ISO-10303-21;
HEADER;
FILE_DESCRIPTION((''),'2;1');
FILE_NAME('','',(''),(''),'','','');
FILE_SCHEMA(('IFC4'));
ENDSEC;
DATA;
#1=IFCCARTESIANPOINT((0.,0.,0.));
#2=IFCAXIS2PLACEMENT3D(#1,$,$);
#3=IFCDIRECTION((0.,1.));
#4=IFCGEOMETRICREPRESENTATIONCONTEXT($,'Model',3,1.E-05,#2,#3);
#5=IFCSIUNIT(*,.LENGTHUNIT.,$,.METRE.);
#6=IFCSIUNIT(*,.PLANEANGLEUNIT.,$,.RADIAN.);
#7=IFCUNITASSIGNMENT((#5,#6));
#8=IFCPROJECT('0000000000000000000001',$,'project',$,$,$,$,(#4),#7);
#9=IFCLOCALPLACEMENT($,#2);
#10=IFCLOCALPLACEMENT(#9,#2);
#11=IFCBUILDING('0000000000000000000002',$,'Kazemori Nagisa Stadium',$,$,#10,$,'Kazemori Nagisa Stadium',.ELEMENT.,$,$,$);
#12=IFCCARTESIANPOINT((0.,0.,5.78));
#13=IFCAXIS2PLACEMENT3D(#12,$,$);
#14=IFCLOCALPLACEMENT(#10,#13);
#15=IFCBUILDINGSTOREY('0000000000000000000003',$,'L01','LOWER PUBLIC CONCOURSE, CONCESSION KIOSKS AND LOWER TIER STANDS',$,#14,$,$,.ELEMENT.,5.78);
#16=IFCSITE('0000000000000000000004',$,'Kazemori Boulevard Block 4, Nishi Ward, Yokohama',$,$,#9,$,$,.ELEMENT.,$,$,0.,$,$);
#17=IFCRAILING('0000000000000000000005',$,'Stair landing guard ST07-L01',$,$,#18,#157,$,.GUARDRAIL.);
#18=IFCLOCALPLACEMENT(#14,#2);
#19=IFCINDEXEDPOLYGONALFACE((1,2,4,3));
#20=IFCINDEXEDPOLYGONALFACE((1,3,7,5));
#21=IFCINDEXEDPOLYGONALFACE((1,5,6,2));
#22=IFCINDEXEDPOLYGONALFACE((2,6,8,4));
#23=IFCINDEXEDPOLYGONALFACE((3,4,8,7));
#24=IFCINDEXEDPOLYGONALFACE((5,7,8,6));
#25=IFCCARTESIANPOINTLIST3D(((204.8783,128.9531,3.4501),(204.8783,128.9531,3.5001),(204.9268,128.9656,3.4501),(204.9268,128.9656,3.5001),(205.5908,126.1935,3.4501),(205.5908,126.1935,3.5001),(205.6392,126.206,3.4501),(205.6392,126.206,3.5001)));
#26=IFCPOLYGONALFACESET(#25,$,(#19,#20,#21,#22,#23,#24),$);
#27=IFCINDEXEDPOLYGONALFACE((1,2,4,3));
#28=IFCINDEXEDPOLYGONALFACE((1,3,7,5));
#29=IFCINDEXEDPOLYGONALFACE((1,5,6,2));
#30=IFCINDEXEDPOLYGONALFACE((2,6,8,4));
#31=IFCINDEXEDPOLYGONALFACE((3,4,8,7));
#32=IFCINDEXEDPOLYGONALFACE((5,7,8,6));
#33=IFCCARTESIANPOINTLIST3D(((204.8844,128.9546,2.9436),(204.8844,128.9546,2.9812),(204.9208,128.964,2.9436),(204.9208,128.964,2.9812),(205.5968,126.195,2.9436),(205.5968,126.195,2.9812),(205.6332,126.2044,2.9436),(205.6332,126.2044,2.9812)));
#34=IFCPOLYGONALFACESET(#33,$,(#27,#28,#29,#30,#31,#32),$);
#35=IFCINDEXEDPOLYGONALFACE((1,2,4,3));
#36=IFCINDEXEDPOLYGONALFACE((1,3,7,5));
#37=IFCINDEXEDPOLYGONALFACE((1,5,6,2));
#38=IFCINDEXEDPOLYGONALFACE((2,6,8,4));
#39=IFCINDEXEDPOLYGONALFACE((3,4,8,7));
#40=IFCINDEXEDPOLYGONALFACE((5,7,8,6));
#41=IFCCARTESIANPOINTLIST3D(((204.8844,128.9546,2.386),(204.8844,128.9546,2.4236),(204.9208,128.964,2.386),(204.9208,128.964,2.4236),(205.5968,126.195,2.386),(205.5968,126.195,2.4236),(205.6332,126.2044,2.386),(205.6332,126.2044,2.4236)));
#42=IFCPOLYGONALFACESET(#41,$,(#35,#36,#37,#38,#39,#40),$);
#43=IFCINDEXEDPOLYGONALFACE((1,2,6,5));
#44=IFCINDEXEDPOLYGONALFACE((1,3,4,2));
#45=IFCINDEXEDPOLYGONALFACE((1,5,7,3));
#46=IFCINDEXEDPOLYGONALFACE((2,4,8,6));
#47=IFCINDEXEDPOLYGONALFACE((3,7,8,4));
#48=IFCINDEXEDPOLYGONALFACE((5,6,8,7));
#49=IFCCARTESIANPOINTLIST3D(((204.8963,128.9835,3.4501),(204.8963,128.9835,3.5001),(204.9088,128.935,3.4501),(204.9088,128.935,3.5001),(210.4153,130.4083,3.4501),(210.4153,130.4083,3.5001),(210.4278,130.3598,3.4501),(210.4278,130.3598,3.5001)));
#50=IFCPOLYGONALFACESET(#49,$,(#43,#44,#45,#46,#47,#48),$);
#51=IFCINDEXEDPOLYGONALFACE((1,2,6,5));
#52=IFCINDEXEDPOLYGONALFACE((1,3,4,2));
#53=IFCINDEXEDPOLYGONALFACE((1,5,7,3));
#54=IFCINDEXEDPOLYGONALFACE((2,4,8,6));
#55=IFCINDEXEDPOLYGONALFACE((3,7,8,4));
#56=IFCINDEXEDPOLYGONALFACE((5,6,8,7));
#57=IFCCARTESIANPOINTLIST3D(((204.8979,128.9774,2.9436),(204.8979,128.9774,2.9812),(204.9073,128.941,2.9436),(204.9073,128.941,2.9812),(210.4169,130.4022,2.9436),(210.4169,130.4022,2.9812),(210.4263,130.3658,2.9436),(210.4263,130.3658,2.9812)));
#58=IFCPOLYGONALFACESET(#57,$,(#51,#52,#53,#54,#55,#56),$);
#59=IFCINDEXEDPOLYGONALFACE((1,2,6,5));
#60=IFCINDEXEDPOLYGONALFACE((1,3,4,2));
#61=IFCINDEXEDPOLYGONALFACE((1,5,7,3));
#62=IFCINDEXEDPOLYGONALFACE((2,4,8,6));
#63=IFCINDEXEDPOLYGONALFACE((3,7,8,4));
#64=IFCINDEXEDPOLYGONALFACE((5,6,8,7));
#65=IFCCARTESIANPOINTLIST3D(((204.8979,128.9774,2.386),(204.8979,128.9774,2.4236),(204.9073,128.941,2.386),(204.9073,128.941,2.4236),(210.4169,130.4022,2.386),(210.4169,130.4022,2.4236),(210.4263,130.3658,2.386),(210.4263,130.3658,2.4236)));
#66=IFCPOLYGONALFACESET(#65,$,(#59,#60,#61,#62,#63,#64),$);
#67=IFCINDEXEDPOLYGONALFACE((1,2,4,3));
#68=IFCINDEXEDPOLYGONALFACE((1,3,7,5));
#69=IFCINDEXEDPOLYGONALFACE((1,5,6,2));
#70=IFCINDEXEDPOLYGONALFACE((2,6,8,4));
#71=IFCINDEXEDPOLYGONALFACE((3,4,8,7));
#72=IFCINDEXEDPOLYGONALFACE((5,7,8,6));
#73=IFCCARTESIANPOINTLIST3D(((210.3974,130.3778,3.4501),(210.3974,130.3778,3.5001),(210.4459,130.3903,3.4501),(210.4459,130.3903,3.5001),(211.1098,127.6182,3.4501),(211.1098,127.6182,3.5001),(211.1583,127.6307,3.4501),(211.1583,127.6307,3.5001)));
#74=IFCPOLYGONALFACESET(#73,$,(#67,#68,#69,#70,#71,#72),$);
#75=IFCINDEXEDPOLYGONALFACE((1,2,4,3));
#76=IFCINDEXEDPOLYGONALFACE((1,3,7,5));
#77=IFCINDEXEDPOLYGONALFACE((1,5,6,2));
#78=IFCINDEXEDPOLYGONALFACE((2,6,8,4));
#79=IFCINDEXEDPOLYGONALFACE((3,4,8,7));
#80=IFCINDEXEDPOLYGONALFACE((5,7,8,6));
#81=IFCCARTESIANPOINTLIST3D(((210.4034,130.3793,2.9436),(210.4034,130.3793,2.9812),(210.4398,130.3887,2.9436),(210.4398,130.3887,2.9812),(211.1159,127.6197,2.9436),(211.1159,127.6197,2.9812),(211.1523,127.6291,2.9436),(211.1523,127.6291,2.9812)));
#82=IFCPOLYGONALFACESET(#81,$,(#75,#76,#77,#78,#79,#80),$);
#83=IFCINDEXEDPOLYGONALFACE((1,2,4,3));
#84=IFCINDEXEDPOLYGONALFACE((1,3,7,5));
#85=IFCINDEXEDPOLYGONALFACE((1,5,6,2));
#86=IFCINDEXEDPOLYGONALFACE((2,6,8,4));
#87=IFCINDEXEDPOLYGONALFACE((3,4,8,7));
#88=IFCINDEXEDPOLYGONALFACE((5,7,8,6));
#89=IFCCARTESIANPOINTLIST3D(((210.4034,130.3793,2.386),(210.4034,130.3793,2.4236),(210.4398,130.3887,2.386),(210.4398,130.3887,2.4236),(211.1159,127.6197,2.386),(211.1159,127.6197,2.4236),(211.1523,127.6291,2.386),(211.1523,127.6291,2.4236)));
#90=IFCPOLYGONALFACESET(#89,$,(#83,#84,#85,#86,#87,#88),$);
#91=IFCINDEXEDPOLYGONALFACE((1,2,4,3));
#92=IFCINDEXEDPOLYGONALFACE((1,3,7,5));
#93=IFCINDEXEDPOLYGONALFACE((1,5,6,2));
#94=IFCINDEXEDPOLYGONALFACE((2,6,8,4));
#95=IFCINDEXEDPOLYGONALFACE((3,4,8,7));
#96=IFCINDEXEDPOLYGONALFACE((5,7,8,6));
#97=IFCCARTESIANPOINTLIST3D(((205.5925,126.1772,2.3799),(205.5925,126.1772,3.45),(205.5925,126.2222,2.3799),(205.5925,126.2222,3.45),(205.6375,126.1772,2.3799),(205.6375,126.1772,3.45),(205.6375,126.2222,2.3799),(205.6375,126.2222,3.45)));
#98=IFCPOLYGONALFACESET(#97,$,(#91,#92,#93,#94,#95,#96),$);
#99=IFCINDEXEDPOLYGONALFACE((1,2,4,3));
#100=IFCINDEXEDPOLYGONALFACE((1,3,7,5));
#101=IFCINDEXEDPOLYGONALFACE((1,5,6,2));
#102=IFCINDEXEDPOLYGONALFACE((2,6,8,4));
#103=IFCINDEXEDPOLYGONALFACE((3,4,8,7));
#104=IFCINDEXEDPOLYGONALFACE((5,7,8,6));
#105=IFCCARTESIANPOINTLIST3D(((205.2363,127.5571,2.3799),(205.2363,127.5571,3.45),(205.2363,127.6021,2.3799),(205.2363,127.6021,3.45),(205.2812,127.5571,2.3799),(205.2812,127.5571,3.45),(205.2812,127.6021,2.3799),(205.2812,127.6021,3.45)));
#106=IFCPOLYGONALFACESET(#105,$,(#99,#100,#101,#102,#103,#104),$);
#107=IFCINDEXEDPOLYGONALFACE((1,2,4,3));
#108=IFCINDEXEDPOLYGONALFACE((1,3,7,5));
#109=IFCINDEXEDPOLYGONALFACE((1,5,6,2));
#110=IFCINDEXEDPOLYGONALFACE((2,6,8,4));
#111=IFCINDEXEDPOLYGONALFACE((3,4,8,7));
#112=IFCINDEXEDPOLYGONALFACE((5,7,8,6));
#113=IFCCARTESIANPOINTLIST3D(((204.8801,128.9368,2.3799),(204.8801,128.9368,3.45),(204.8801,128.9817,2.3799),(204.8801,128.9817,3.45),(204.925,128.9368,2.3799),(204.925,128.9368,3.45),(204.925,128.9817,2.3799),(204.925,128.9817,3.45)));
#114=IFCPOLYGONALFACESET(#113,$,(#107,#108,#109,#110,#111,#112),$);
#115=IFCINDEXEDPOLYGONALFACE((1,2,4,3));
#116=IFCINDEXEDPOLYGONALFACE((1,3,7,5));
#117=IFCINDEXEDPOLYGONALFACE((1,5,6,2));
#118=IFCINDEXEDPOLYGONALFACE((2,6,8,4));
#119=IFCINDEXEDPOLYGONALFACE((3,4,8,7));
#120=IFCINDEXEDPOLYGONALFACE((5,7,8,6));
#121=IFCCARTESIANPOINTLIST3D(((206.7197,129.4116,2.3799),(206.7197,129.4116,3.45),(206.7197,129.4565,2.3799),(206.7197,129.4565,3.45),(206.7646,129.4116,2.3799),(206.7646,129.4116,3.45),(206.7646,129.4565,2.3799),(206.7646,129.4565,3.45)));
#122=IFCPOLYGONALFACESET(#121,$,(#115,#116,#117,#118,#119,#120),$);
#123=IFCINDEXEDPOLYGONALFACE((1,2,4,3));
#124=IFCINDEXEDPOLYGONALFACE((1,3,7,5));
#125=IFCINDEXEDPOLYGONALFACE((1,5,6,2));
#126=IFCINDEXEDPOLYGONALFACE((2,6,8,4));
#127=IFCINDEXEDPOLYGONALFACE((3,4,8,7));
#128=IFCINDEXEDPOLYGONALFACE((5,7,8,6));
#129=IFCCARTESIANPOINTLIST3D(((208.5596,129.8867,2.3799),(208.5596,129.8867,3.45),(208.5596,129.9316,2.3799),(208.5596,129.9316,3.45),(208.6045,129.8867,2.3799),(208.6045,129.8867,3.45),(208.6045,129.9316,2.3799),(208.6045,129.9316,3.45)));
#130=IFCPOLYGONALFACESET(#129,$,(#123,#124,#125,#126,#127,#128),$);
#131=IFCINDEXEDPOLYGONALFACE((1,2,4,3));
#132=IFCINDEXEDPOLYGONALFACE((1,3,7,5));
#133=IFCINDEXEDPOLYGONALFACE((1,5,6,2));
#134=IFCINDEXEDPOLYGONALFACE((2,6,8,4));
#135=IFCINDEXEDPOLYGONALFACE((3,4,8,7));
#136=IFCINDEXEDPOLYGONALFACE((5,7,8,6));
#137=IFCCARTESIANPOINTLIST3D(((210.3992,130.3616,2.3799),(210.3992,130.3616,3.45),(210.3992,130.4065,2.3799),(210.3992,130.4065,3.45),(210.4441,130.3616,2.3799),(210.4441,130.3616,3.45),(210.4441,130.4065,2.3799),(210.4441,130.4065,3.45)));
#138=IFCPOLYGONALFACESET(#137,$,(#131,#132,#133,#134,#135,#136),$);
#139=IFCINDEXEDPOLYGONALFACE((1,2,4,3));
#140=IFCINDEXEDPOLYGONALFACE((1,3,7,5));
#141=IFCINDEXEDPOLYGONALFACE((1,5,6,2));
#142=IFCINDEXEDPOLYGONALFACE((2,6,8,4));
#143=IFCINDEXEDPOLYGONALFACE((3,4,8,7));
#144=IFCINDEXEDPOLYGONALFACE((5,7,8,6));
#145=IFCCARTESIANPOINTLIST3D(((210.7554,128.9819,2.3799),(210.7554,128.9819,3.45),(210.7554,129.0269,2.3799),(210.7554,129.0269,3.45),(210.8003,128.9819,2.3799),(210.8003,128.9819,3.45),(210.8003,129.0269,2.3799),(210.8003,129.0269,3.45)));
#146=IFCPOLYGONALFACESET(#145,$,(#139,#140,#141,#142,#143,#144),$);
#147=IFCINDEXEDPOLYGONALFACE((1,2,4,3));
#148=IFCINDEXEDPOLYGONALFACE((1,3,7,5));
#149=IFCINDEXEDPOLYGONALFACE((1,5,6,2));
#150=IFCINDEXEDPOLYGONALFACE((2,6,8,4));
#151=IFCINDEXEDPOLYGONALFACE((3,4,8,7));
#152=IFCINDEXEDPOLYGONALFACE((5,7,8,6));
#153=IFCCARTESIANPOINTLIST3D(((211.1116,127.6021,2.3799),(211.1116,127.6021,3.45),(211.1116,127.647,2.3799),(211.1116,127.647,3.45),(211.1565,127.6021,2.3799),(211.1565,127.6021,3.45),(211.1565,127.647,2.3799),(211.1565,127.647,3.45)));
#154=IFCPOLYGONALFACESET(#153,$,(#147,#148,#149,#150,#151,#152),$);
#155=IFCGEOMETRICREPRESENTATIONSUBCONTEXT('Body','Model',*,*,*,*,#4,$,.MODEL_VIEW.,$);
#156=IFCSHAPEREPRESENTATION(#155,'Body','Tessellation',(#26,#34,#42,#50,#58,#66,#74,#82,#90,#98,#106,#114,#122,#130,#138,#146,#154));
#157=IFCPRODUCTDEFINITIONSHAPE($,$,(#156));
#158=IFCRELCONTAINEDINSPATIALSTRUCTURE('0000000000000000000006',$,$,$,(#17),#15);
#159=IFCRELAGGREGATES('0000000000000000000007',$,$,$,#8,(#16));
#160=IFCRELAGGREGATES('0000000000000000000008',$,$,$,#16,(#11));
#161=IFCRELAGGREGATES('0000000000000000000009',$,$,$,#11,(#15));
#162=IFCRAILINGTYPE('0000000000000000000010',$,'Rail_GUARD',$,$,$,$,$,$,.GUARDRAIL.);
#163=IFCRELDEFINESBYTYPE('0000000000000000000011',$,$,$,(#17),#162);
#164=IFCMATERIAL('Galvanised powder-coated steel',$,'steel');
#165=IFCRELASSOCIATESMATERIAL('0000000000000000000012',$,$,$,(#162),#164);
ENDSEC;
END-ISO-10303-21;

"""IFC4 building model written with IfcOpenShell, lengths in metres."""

from ifc_helpers import new_model, si_unit, direction, frame, origin, origin_2d, place, context, subcontext, project, spatial, rectangle, extrude, material, type_object, element, save


model = new_model("IFC4")

# Units and contexts
model_context = context("Model", 3, precision=1e-05, world=origin(), true_north=direction((0.0, 1.0)))
body_context = subcontext(model_context, "Body", "Model", "MODEL_VIEW")
ifc_project = project(units=[si_unit("LENGTHUNIT", "METRE"), si_unit("PLANEANGLEUNIT", "RADIAN")], contexts=[model_context])

# Site, building, storey
site_placement = place(None, origin())
site = spatial("IfcSite", under=ifc_project, at=site_placement, Name="Kazemori Boulevard Block 4, Nishi Ward, Yokohama", CompositionType="ELEMENT", RefElevation=0.0)
building_placement = place(site_placement, origin())
building = spatial("IfcBuilding", under=site, at=building_placement, Name="Kazemori Nagisa Stadium", LongName="Kazemori Nagisa Stadium", CompositionType="ELEMENT")
storey_placement = place(building_placement, frame((0.0, 0.0, 5.78)))
storey = spatial("IfcBuildingStorey", under=building, at=storey_placement, Name="L01", Description="LOWER PUBLIC CONCOURSE, CONCESSION KIOSKS AND LOWER TIER STANDS", CompositionType="ELEMENT", Elevation=5.78)

# Railing
ifc_material_1 = material(Name="Galvanised powder-coated steel", Category="steel")
railing_type_1 = type_object("IfcRailingType", Name="Rail_GUARD", PredefinedType="GUARDRAIL", material=ifc_material_1)
railing_1_placement = place(storey_placement, frame((205.615, 126.1997, 2.3799)))
element("IfcRailing", 1, at=railing_1_placement, inside=storey, type_object=railing_type_1, Name="Stair landing guard ST07-L01", PredefinedType="GUARDRAIL", context=body_context, shape_type="SweptSolid", body=[
    extrude(rectangle(XDim=0.05, YDim=0.05, at=origin_2d()), frame((0.0, 0.0, 1.0952), z_axis=(-0.249966, 0.968255, 0.0), x_axis=(-0.968255, -0.249966, 0.0)), (0.0, 0.0, 1.0), 2.8501),
    extrude(rectangle(XDim=0.0376, YDim=0.0376, at=origin_2d()), frame((0.0, 0.0, 0.5825), z_axis=(-0.249966, 0.968255, 0.0), x_axis=(-0.968255, -0.249966, 0.0)), (0.0, 0.0, 1.0), 2.8501),
    extrude(rectangle(XDim=0.0376, YDim=0.0376, at=origin_2d()), frame((0.0, 0.0, 0.0249), z_axis=(-0.249966, 0.968255, 0.0), x_axis=(-0.968255, -0.249966, 0.0)), (0.0, 0.0, 1.0), 2.8501),
    extrude(rectangle(XDim=0.05, YDim=0.05, at=origin_2d()), frame((-0.7124, 2.7595, 1.0952), z_axis=(0.968255, 0.249966, 0.0), x_axis=(-0.249966, 0.968255, 0.0)), (0.0, 0.0, 1.0), 5.7),
    extrude(rectangle(XDim=0.0376, YDim=0.0376, at=origin_2d()), frame((-0.7124, 2.7595, 0.5825), z_axis=(0.968255, 0.249966, 0.0), x_axis=(-0.249966, 0.968255, 0.0)), (0.0, 0.0, 1.0), 5.7),
    extrude(rectangle(XDim=0.0376, YDim=0.0376, at=origin_2d()), frame((-0.7124, 2.7595, 0.0249), z_axis=(0.968255, 0.249966, 0.0), x_axis=(-0.249966, 0.968255, 0.0)), (0.0, 0.0, 1.0), 5.7),
    extrude(rectangle(XDim=0.05, YDim=0.05, at=origin_2d()), frame((4.8066, 4.1843, 1.0952), z_axis=(0.249966, -0.968255, 0.0), x_axis=(0.968255, 0.249966, 0.0)), (0.0, 0.0, 1.0), 2.8501),
    extrude(rectangle(XDim=0.0376, YDim=0.0376, at=origin_2d()), frame((4.8066, 4.1843, 0.5825), z_axis=(0.249966, -0.968255, 0.0), x_axis=(0.968255, 0.249966, 0.0)), (0.0, 0.0, 1.0), 2.8501),
    extrude(rectangle(XDim=0.0376, YDim=0.0376, at=origin_2d()), frame((4.8066, 4.1843, 0.0249), z_axis=(0.249966, -0.968255, 0.0), x_axis=(0.968255, 0.249966, 0.0)), (0.0, 0.0, 1.0), 2.8501),
    extrude(rectangle(XDim=0.0449, YDim=0.0449, at=origin_2d()), origin(), (0.0, 0.0, 1.0), 1.0701),
    extrude(rectangle(XDim=0.0449, YDim=0.0449, at=origin_2d()), frame((-0.3562, 1.3799, 0.0)), (0.0, 0.0, 1.0), 1.0701),
    extrude(rectangle(XDim=0.0449, YDim=0.0449, at=origin_2d()), frame((-0.7124, 2.7595, 0.0)), (0.0, 0.0, 1.0), 1.0701),
    extrude(rectangle(XDim=0.0449, YDim=0.0449, at=origin_2d()), frame((1.1272, 3.2344, 0.0)), (0.0, 0.0, 1.0), 1.0701),
    extrude(rectangle(XDim=0.0449, YDim=0.0449, at=origin_2d()), frame((2.967, 3.7095, 0.0)), (0.0, 0.0, 1.0), 1.0701),
    extrude(rectangle(XDim=0.0449, YDim=0.0449, at=origin_2d()), frame((4.8066, 4.1843, 0.0)), (0.0, 0.0, 1.0), 1.0701),
    extrude(rectangle(XDim=0.0449, YDim=0.0449, at=origin_2d()), frame((5.1628, 2.8047, 0.0)), (0.0, 0.0, 1.0), 1.0701),
    extrude(rectangle(XDim=0.0449, YDim=0.0449, at=origin_2d()), frame((5.519, 1.4248, 0.0)), (0.0, 0.0, 1.0), 1.0701),
])

save(model, "model.ifc")
